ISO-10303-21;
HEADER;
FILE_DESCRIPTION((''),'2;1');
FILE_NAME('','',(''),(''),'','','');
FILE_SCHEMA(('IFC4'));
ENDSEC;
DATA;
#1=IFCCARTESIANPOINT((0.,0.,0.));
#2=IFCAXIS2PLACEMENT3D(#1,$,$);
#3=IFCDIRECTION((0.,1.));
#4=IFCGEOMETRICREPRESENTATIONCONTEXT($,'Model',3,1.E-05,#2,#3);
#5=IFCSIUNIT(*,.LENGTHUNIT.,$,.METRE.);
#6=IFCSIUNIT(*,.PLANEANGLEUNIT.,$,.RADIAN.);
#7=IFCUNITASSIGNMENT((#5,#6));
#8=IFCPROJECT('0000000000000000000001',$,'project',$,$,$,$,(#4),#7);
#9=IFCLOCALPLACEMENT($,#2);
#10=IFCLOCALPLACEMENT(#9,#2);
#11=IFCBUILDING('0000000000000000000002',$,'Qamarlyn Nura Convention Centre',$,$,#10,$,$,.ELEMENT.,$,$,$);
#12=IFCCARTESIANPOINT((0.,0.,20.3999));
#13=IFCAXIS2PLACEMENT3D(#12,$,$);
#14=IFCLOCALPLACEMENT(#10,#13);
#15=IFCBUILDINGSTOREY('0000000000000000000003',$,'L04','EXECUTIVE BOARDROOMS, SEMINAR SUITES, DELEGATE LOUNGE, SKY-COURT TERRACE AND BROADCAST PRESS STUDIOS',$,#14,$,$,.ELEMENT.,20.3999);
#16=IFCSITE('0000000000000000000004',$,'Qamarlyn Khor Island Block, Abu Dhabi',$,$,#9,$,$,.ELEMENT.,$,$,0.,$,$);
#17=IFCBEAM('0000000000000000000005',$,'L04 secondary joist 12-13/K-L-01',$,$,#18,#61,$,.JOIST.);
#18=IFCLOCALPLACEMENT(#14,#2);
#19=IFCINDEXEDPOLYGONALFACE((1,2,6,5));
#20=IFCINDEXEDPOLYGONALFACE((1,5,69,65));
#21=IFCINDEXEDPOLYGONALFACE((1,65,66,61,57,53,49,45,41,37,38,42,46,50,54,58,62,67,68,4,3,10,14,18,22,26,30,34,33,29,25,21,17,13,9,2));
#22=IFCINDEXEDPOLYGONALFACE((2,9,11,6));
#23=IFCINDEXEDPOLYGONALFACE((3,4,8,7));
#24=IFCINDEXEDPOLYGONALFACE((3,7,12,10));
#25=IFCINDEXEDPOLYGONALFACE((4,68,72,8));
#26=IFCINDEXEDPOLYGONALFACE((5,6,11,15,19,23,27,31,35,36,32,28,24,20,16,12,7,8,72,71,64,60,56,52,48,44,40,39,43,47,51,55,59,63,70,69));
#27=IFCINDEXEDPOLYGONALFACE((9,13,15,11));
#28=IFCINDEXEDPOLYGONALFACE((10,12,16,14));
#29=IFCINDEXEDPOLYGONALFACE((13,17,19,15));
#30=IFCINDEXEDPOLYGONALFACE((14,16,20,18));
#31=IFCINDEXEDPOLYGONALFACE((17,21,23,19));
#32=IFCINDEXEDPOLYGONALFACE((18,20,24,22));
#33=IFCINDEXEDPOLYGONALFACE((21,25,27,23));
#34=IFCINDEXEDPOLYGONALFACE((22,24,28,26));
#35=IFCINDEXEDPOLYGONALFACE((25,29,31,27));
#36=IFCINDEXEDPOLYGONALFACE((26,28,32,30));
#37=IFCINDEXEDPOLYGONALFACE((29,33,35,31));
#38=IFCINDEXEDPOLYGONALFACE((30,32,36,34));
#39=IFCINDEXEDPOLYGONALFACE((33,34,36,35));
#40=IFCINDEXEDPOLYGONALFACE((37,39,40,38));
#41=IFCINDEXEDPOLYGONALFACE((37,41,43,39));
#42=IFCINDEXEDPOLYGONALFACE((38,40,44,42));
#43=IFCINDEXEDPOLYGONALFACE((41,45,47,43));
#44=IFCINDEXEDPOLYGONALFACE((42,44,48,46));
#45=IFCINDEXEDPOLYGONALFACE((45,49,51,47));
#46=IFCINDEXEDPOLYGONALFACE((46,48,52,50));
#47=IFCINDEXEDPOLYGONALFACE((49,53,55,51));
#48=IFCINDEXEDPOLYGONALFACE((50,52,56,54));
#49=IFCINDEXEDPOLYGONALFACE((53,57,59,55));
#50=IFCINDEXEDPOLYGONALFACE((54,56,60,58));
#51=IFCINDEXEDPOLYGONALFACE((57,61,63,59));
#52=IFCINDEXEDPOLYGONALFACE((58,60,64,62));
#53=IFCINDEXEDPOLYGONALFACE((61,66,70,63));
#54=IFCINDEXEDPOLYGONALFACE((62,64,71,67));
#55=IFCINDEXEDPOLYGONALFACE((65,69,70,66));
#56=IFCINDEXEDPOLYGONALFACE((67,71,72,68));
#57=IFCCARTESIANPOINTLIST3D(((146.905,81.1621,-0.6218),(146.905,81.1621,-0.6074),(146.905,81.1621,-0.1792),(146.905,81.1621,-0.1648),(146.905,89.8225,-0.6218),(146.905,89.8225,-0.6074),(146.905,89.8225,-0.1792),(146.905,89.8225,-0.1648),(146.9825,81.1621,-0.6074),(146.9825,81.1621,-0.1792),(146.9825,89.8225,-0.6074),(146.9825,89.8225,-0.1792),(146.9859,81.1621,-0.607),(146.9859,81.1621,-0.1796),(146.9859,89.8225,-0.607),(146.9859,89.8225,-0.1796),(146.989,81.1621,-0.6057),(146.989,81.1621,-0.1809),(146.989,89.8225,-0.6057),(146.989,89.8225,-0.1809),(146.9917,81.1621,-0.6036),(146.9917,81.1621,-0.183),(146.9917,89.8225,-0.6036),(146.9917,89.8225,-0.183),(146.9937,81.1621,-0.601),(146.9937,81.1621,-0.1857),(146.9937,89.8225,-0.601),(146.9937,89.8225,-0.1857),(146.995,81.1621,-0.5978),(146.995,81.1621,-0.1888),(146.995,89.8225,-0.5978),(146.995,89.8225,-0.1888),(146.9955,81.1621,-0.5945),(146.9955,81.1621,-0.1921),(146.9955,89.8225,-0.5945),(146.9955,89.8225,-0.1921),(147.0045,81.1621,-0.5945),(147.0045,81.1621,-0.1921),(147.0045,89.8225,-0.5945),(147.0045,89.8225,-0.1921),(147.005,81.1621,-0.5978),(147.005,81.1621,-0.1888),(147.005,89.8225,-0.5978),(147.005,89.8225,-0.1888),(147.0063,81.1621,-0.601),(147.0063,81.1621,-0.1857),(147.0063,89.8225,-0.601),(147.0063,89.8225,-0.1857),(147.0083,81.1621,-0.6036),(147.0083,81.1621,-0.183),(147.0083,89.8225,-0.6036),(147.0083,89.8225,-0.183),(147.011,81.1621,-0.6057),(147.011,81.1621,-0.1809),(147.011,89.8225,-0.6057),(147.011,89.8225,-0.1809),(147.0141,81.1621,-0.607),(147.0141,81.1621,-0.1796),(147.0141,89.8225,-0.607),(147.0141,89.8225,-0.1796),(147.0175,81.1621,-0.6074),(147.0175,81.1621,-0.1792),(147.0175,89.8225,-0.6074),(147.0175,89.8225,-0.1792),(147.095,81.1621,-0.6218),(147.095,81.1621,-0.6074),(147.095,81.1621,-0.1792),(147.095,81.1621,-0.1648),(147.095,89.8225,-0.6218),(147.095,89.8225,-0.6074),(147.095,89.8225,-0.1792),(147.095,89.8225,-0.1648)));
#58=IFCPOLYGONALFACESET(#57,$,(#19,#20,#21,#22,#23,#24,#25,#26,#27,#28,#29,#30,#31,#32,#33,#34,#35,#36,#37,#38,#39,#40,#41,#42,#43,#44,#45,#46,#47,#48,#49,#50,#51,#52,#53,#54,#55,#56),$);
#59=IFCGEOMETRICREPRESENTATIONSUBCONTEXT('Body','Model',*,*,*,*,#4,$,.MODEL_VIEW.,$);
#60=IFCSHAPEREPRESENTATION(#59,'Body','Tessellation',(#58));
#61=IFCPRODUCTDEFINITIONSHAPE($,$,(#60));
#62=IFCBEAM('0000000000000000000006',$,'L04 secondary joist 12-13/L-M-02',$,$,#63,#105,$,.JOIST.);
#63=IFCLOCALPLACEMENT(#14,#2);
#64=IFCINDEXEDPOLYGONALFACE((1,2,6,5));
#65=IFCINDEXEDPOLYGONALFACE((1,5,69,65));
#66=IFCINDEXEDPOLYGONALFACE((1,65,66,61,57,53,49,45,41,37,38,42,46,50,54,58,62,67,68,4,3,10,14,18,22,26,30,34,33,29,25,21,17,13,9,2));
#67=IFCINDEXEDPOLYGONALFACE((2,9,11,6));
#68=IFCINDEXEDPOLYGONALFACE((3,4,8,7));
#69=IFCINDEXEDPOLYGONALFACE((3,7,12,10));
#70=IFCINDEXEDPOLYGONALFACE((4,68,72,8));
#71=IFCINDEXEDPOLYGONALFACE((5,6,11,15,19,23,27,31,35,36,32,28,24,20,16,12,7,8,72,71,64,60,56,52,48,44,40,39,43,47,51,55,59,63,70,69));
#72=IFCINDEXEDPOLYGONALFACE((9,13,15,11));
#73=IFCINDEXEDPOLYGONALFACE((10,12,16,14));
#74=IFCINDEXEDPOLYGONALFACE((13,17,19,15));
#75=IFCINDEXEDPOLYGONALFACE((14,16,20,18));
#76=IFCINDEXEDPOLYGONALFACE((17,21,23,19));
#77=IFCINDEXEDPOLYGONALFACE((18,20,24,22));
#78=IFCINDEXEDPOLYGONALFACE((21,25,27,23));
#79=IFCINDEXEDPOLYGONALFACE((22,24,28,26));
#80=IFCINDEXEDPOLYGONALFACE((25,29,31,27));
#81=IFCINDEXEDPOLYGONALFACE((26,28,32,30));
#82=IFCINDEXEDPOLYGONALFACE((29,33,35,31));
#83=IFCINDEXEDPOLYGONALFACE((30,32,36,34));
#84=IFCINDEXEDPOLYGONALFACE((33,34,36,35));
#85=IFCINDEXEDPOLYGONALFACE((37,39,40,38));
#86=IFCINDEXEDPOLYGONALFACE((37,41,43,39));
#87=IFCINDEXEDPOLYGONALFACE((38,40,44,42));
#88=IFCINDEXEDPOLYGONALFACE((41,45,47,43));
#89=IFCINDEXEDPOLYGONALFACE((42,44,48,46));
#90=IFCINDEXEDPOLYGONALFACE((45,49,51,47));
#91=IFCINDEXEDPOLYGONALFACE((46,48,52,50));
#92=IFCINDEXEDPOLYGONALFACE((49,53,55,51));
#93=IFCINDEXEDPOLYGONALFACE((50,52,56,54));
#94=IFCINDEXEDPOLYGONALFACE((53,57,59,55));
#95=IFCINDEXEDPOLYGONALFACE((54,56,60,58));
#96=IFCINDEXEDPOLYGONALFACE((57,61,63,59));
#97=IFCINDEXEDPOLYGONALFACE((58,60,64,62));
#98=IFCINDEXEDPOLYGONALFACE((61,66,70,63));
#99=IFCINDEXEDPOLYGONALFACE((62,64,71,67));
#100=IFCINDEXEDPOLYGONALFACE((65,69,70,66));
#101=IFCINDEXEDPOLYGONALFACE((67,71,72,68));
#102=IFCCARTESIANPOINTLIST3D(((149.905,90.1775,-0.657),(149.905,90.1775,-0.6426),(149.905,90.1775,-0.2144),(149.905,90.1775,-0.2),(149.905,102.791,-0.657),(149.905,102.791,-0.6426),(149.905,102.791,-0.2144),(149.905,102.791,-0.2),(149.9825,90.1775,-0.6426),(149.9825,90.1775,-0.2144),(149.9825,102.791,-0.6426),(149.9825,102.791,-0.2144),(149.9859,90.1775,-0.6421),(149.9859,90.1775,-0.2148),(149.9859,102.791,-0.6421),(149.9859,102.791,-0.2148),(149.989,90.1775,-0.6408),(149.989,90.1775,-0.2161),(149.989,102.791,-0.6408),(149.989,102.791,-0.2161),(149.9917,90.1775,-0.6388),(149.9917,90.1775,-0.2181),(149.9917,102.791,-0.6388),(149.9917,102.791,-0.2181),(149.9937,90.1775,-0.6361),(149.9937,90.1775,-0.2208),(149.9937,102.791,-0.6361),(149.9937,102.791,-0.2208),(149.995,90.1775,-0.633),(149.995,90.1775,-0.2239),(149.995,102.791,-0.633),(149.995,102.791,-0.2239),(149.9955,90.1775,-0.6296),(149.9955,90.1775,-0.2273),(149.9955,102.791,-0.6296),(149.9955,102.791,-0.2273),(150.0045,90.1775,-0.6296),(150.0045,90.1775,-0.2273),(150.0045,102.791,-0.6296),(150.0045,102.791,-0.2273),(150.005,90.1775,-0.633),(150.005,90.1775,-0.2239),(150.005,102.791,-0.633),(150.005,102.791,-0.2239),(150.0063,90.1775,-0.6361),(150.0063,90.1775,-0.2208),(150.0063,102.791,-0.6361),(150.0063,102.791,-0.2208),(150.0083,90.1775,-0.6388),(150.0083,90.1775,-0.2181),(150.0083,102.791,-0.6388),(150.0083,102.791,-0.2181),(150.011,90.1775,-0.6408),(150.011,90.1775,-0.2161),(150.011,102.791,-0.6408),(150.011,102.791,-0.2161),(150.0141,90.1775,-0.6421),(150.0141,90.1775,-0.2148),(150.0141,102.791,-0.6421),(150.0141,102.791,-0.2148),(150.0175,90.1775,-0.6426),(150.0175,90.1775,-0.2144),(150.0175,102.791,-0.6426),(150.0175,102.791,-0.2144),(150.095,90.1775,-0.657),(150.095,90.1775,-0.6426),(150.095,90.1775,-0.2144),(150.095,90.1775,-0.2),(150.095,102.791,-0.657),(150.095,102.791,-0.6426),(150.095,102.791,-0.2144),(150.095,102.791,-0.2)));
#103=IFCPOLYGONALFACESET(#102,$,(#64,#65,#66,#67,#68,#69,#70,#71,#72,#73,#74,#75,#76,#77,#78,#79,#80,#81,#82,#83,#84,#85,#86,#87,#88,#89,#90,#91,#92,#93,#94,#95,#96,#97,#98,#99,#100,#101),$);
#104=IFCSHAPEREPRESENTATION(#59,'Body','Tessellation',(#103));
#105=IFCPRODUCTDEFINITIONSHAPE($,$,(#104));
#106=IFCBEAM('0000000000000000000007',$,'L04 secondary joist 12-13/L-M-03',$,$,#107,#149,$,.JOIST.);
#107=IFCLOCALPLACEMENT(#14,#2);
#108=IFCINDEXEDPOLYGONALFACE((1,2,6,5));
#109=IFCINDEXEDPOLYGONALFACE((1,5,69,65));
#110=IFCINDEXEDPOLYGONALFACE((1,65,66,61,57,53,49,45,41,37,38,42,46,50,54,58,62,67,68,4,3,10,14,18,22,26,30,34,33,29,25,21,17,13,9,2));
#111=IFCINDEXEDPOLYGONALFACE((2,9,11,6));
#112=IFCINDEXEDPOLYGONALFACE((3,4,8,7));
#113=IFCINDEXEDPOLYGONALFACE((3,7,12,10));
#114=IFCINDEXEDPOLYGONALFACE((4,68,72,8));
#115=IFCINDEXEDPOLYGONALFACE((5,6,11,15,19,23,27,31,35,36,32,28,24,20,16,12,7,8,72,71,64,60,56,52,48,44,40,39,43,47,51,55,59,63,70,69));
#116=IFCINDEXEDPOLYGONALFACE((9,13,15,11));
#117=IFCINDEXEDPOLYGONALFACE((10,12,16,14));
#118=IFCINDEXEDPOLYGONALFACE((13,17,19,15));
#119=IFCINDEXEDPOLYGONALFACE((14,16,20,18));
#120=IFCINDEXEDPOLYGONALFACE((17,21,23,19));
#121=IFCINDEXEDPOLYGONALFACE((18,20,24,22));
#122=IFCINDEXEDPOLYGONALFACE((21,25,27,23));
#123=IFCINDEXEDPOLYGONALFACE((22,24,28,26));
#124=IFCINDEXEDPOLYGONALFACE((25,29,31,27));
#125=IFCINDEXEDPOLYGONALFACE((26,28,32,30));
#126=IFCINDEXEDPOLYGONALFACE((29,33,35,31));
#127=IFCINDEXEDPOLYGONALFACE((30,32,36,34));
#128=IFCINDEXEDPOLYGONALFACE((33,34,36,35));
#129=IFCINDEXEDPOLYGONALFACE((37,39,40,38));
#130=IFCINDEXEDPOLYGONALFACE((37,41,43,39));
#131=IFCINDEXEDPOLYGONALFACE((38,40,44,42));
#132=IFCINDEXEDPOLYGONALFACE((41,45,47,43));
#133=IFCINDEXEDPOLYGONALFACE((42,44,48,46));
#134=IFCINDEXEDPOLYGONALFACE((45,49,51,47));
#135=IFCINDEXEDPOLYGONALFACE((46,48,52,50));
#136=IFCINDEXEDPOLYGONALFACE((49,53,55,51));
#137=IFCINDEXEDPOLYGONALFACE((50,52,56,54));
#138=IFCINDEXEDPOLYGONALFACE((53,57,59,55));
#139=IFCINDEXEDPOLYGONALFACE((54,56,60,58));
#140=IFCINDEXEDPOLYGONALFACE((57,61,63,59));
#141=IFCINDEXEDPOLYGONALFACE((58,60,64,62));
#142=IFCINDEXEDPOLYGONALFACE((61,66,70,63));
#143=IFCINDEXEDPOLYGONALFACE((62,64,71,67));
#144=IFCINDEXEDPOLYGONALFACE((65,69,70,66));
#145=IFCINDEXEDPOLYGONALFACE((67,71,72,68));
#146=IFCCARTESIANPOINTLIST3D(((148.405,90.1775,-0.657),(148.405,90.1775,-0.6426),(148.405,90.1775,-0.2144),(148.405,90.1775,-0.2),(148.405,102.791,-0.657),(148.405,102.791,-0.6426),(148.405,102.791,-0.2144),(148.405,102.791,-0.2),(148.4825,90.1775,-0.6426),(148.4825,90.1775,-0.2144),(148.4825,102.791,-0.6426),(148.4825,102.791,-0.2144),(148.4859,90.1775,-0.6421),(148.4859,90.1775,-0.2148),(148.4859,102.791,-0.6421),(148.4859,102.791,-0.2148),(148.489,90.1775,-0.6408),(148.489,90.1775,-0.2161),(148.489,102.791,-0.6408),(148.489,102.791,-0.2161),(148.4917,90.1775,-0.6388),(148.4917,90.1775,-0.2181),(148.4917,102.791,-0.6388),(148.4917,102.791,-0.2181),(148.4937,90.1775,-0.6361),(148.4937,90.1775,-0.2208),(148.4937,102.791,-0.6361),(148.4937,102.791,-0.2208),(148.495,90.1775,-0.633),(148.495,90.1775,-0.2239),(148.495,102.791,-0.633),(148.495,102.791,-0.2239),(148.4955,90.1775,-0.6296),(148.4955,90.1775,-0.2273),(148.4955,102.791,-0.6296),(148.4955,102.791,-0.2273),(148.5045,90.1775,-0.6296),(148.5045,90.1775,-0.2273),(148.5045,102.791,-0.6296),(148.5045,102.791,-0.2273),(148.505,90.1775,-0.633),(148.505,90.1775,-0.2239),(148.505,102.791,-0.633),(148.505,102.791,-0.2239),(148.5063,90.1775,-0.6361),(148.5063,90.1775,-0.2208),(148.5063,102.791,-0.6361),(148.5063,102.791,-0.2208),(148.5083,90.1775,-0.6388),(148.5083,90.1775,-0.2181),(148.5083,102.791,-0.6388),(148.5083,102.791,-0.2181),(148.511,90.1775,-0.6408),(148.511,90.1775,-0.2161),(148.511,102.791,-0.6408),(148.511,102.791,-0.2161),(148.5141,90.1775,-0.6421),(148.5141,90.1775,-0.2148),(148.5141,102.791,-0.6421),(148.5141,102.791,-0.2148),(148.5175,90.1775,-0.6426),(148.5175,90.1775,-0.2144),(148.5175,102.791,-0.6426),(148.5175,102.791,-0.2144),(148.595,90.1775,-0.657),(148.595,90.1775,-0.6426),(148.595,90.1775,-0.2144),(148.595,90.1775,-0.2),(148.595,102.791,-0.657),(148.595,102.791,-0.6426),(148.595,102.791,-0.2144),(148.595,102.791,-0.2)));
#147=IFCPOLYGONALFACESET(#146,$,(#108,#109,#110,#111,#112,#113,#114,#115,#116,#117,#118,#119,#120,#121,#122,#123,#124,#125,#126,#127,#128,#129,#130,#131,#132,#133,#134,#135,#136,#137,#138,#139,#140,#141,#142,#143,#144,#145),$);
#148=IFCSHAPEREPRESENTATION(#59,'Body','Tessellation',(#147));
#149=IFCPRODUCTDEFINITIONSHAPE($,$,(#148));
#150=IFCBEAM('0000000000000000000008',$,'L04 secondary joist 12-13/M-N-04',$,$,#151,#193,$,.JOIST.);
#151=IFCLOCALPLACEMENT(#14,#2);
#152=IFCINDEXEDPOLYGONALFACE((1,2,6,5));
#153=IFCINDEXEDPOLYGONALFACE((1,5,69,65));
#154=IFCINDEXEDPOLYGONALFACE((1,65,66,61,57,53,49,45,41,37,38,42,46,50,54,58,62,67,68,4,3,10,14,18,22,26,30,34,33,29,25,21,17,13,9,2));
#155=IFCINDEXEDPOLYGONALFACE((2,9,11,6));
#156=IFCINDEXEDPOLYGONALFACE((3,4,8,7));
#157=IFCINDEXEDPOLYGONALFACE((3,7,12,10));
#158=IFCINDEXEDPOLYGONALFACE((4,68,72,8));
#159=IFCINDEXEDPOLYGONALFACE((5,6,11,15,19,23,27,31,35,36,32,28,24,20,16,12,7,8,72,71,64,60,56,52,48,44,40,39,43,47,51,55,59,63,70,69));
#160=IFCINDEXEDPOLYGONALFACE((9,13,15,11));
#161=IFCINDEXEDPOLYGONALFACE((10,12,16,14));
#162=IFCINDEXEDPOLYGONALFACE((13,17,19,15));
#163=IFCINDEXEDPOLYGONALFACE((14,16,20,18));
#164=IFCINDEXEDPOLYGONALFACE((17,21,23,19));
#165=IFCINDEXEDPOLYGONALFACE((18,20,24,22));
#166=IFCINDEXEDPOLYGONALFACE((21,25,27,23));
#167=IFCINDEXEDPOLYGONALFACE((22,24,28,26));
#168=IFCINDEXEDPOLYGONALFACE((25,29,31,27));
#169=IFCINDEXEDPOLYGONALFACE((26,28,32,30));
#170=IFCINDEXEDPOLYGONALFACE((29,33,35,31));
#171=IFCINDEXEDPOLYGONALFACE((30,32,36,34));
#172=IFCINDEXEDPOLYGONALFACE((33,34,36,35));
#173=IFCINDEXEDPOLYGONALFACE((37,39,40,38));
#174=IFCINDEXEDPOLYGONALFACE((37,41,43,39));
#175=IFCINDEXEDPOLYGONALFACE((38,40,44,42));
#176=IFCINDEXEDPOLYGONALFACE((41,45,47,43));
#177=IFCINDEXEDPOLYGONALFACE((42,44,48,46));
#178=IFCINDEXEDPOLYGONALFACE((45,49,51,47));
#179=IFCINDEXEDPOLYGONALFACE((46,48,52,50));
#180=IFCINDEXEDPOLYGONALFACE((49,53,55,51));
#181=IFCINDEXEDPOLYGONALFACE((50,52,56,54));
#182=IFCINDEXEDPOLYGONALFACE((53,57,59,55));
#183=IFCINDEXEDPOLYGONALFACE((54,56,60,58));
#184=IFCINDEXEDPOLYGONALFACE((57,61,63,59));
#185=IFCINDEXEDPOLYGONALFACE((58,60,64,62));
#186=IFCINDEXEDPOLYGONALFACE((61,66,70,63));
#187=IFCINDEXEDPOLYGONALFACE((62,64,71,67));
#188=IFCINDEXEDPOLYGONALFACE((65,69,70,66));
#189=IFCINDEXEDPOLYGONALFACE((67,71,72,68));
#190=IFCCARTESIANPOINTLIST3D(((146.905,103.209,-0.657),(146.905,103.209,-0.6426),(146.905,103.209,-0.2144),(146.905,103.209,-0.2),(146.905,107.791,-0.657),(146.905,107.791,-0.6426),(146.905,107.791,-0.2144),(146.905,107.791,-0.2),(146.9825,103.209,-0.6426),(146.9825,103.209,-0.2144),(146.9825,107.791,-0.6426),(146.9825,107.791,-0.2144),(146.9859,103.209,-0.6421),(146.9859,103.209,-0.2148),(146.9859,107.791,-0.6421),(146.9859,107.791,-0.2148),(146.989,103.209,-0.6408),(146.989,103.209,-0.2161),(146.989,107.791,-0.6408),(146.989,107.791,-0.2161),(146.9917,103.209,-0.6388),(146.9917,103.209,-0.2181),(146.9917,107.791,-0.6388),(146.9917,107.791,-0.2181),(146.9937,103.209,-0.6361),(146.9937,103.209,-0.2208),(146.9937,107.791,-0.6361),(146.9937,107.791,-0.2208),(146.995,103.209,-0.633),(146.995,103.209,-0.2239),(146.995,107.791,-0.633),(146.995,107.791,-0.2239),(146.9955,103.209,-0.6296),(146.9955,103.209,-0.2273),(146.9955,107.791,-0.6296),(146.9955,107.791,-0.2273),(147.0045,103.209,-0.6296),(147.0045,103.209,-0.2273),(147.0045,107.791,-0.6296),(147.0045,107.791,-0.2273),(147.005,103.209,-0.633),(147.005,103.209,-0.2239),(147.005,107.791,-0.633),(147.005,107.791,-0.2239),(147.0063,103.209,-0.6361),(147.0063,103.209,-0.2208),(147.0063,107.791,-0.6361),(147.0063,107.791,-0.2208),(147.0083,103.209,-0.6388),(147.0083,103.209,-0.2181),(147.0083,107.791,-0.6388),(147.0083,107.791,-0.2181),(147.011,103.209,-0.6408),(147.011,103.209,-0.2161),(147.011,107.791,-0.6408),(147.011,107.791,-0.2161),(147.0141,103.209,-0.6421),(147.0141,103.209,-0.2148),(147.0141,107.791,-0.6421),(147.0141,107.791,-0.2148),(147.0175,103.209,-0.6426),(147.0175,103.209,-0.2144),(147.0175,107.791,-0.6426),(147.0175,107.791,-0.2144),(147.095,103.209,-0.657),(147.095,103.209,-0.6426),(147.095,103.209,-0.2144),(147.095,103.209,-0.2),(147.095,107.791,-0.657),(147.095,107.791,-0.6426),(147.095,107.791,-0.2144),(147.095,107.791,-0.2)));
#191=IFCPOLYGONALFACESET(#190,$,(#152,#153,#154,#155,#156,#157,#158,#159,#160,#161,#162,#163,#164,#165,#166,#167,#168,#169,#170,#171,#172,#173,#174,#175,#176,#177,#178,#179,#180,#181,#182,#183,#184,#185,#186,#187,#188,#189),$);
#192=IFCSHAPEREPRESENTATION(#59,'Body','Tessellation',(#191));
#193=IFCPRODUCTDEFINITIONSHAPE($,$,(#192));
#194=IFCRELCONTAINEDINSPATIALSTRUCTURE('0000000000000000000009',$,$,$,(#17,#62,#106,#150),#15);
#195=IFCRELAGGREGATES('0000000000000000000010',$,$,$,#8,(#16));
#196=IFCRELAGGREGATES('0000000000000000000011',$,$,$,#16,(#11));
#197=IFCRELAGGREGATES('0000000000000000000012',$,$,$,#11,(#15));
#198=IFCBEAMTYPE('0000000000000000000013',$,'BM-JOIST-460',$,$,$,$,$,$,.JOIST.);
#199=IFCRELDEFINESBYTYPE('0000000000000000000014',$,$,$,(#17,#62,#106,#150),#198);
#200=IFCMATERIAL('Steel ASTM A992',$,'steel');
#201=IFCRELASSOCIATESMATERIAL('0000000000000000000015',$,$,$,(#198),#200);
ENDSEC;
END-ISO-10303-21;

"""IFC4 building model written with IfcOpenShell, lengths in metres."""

from ifc_helpers import new_model, si_unit, direction, frame, origin, origin_2d, place, context, subcontext, project, spatial, i_section, extrude, material, material_profile, profile_set, type_object, element, save


model = new_model("IFC4")

# Units and contexts
model_context = context("Model", 3, precision=1e-05, world=origin(), true_north=direction((0.0, 1.0)))
body_context = subcontext(model_context, "Body", "Model", "MODEL_VIEW")
ifc_project = project(units=[si_unit("LENGTHUNIT", "METRE"), si_unit("PLANEANGLEUNIT", "RADIAN")], contexts=[model_context])

# Site, building, storey
site_placement = place(None, origin())
site = spatial("IfcSite", under=ifc_project, at=site_placement, Name="Qamarlyn Khor Island Block, Abu Dhabi", CompositionType="ELEMENT", RefElevation=0.0)
building_placement = place(site_placement, origin())
building = spatial("IfcBuilding", under=site, at=building_placement, Name="Qamarlyn Nura Convention Centre", CompositionType="ELEMENT")
storey_placement = place(building_placement, frame((0.0, 0.0, 20.3999)))
storey = spatial("IfcBuildingStorey", under=building, at=storey_placement, Name="L04", Description="EXECUTIVE BOARDROOMS, SEMINAR SUITES, DELEGATE LOUNGE, SKY-COURT TERRACE AND BROADCAST PRESS STUDIOS", CompositionType="ELEMENT", Elevation=20.3999)

# Shared definitions
ifc_material_1 = material(Name="Steel ASTM A992", Category="steel")

# Beams
ifc_material_profile_1 = material_profile(ifc_material_1, i_section(OverallWidth=0.1899, OverallDepth=0.457, WebThickness=0.009, FlangeThickness=0.0144, FilletRadius=0.0129, at=origin_2d()), Name="W460X74")
ifc_profile_set_1 = profile_set([ifc_material_profile_1], Name="Steel ASTM A992")
beam_type_1 = type_object("IfcBeamType", Name="BM-JOIST-460", PredefinedType="JOIST", material=ifc_profile_set_1)
beam_1_placement = place(storey_placement, frame((147.0, 81.1621, -0.3933), z_axis=(0.0, 1.0, 0.0), x_axis=(-1.0, 0.0, 0.0)))
element("IfcBeam", 1, at=beam_1_placement, inside=storey, type_object=beam_type_1, Name="L04 secondary joist 12-13/K-L-01", PredefinedType="JOIST", context=body_context, shape_type="SweptSolid", body=[
    extrude(i_section(OverallWidth=0.1899, OverallDepth=0.457, WebThickness=0.009, FlangeThickness=0.0144, FilletRadius=0.0129, at=origin_2d()), origin(), (0.0, 0.0, 1.0), 8.6604),
])
for number, where, z_axis, x_axis, name in (
    (2, (150.0, 90.1775, -0.4285), (0.0, 1.0, 0.0), (-1.0, 0.0, 0.0), "L04 secondary joist 12-13/L-M-02"),
    (3, (148.5, 90.1775, -0.4285), (0.0, 1.0, 0.0), (-1.0, 0.0, 0.0), "L04 secondary joist 12-13/L-M-03"),
):
    element("IfcBeam", number, at=place(storey_placement, frame(where, z_axis=z_axis, x_axis=x_axis)), inside=storey, type_object=beam_type_1, Name=name, PredefinedType="JOIST", context=body_context, shape_type="SweptSolid", body=[
        extrude(i_section(OverallWidth=0.1899, OverallDepth=0.457, WebThickness=0.009, FlangeThickness=0.0144, FilletRadius=0.0129, at=origin_2d()), origin(), (0.0, 0.0, 1.0), 12.6135),
    ])
for number, where, z_axis, x_axis, name in (
    (4, (147.0, 103.209, -0.4285), (0.0, 1.0, 0.0), (-1.0, 0.0, 0.0), "L04 secondary joist 12-13/M-N-04"),
):
    element("IfcBeam", number, at=place(storey_placement, frame(where, z_axis=z_axis, x_axis=x_axis)), inside=storey, type_object=beam_type_1, Name=name, PredefinedType="JOIST", context=body_context, shape_type="SweptSolid", body=[
        extrude(i_section(OverallWidth=0.1899, OverallDepth=0.457, WebThickness=0.009, FlangeThickness=0.0144, FilletRadius=0.0129, at=origin_2d()), origin(), (0.0, 0.0, 1.0), 4.582),
    ])

save(model, "model.ifc")
